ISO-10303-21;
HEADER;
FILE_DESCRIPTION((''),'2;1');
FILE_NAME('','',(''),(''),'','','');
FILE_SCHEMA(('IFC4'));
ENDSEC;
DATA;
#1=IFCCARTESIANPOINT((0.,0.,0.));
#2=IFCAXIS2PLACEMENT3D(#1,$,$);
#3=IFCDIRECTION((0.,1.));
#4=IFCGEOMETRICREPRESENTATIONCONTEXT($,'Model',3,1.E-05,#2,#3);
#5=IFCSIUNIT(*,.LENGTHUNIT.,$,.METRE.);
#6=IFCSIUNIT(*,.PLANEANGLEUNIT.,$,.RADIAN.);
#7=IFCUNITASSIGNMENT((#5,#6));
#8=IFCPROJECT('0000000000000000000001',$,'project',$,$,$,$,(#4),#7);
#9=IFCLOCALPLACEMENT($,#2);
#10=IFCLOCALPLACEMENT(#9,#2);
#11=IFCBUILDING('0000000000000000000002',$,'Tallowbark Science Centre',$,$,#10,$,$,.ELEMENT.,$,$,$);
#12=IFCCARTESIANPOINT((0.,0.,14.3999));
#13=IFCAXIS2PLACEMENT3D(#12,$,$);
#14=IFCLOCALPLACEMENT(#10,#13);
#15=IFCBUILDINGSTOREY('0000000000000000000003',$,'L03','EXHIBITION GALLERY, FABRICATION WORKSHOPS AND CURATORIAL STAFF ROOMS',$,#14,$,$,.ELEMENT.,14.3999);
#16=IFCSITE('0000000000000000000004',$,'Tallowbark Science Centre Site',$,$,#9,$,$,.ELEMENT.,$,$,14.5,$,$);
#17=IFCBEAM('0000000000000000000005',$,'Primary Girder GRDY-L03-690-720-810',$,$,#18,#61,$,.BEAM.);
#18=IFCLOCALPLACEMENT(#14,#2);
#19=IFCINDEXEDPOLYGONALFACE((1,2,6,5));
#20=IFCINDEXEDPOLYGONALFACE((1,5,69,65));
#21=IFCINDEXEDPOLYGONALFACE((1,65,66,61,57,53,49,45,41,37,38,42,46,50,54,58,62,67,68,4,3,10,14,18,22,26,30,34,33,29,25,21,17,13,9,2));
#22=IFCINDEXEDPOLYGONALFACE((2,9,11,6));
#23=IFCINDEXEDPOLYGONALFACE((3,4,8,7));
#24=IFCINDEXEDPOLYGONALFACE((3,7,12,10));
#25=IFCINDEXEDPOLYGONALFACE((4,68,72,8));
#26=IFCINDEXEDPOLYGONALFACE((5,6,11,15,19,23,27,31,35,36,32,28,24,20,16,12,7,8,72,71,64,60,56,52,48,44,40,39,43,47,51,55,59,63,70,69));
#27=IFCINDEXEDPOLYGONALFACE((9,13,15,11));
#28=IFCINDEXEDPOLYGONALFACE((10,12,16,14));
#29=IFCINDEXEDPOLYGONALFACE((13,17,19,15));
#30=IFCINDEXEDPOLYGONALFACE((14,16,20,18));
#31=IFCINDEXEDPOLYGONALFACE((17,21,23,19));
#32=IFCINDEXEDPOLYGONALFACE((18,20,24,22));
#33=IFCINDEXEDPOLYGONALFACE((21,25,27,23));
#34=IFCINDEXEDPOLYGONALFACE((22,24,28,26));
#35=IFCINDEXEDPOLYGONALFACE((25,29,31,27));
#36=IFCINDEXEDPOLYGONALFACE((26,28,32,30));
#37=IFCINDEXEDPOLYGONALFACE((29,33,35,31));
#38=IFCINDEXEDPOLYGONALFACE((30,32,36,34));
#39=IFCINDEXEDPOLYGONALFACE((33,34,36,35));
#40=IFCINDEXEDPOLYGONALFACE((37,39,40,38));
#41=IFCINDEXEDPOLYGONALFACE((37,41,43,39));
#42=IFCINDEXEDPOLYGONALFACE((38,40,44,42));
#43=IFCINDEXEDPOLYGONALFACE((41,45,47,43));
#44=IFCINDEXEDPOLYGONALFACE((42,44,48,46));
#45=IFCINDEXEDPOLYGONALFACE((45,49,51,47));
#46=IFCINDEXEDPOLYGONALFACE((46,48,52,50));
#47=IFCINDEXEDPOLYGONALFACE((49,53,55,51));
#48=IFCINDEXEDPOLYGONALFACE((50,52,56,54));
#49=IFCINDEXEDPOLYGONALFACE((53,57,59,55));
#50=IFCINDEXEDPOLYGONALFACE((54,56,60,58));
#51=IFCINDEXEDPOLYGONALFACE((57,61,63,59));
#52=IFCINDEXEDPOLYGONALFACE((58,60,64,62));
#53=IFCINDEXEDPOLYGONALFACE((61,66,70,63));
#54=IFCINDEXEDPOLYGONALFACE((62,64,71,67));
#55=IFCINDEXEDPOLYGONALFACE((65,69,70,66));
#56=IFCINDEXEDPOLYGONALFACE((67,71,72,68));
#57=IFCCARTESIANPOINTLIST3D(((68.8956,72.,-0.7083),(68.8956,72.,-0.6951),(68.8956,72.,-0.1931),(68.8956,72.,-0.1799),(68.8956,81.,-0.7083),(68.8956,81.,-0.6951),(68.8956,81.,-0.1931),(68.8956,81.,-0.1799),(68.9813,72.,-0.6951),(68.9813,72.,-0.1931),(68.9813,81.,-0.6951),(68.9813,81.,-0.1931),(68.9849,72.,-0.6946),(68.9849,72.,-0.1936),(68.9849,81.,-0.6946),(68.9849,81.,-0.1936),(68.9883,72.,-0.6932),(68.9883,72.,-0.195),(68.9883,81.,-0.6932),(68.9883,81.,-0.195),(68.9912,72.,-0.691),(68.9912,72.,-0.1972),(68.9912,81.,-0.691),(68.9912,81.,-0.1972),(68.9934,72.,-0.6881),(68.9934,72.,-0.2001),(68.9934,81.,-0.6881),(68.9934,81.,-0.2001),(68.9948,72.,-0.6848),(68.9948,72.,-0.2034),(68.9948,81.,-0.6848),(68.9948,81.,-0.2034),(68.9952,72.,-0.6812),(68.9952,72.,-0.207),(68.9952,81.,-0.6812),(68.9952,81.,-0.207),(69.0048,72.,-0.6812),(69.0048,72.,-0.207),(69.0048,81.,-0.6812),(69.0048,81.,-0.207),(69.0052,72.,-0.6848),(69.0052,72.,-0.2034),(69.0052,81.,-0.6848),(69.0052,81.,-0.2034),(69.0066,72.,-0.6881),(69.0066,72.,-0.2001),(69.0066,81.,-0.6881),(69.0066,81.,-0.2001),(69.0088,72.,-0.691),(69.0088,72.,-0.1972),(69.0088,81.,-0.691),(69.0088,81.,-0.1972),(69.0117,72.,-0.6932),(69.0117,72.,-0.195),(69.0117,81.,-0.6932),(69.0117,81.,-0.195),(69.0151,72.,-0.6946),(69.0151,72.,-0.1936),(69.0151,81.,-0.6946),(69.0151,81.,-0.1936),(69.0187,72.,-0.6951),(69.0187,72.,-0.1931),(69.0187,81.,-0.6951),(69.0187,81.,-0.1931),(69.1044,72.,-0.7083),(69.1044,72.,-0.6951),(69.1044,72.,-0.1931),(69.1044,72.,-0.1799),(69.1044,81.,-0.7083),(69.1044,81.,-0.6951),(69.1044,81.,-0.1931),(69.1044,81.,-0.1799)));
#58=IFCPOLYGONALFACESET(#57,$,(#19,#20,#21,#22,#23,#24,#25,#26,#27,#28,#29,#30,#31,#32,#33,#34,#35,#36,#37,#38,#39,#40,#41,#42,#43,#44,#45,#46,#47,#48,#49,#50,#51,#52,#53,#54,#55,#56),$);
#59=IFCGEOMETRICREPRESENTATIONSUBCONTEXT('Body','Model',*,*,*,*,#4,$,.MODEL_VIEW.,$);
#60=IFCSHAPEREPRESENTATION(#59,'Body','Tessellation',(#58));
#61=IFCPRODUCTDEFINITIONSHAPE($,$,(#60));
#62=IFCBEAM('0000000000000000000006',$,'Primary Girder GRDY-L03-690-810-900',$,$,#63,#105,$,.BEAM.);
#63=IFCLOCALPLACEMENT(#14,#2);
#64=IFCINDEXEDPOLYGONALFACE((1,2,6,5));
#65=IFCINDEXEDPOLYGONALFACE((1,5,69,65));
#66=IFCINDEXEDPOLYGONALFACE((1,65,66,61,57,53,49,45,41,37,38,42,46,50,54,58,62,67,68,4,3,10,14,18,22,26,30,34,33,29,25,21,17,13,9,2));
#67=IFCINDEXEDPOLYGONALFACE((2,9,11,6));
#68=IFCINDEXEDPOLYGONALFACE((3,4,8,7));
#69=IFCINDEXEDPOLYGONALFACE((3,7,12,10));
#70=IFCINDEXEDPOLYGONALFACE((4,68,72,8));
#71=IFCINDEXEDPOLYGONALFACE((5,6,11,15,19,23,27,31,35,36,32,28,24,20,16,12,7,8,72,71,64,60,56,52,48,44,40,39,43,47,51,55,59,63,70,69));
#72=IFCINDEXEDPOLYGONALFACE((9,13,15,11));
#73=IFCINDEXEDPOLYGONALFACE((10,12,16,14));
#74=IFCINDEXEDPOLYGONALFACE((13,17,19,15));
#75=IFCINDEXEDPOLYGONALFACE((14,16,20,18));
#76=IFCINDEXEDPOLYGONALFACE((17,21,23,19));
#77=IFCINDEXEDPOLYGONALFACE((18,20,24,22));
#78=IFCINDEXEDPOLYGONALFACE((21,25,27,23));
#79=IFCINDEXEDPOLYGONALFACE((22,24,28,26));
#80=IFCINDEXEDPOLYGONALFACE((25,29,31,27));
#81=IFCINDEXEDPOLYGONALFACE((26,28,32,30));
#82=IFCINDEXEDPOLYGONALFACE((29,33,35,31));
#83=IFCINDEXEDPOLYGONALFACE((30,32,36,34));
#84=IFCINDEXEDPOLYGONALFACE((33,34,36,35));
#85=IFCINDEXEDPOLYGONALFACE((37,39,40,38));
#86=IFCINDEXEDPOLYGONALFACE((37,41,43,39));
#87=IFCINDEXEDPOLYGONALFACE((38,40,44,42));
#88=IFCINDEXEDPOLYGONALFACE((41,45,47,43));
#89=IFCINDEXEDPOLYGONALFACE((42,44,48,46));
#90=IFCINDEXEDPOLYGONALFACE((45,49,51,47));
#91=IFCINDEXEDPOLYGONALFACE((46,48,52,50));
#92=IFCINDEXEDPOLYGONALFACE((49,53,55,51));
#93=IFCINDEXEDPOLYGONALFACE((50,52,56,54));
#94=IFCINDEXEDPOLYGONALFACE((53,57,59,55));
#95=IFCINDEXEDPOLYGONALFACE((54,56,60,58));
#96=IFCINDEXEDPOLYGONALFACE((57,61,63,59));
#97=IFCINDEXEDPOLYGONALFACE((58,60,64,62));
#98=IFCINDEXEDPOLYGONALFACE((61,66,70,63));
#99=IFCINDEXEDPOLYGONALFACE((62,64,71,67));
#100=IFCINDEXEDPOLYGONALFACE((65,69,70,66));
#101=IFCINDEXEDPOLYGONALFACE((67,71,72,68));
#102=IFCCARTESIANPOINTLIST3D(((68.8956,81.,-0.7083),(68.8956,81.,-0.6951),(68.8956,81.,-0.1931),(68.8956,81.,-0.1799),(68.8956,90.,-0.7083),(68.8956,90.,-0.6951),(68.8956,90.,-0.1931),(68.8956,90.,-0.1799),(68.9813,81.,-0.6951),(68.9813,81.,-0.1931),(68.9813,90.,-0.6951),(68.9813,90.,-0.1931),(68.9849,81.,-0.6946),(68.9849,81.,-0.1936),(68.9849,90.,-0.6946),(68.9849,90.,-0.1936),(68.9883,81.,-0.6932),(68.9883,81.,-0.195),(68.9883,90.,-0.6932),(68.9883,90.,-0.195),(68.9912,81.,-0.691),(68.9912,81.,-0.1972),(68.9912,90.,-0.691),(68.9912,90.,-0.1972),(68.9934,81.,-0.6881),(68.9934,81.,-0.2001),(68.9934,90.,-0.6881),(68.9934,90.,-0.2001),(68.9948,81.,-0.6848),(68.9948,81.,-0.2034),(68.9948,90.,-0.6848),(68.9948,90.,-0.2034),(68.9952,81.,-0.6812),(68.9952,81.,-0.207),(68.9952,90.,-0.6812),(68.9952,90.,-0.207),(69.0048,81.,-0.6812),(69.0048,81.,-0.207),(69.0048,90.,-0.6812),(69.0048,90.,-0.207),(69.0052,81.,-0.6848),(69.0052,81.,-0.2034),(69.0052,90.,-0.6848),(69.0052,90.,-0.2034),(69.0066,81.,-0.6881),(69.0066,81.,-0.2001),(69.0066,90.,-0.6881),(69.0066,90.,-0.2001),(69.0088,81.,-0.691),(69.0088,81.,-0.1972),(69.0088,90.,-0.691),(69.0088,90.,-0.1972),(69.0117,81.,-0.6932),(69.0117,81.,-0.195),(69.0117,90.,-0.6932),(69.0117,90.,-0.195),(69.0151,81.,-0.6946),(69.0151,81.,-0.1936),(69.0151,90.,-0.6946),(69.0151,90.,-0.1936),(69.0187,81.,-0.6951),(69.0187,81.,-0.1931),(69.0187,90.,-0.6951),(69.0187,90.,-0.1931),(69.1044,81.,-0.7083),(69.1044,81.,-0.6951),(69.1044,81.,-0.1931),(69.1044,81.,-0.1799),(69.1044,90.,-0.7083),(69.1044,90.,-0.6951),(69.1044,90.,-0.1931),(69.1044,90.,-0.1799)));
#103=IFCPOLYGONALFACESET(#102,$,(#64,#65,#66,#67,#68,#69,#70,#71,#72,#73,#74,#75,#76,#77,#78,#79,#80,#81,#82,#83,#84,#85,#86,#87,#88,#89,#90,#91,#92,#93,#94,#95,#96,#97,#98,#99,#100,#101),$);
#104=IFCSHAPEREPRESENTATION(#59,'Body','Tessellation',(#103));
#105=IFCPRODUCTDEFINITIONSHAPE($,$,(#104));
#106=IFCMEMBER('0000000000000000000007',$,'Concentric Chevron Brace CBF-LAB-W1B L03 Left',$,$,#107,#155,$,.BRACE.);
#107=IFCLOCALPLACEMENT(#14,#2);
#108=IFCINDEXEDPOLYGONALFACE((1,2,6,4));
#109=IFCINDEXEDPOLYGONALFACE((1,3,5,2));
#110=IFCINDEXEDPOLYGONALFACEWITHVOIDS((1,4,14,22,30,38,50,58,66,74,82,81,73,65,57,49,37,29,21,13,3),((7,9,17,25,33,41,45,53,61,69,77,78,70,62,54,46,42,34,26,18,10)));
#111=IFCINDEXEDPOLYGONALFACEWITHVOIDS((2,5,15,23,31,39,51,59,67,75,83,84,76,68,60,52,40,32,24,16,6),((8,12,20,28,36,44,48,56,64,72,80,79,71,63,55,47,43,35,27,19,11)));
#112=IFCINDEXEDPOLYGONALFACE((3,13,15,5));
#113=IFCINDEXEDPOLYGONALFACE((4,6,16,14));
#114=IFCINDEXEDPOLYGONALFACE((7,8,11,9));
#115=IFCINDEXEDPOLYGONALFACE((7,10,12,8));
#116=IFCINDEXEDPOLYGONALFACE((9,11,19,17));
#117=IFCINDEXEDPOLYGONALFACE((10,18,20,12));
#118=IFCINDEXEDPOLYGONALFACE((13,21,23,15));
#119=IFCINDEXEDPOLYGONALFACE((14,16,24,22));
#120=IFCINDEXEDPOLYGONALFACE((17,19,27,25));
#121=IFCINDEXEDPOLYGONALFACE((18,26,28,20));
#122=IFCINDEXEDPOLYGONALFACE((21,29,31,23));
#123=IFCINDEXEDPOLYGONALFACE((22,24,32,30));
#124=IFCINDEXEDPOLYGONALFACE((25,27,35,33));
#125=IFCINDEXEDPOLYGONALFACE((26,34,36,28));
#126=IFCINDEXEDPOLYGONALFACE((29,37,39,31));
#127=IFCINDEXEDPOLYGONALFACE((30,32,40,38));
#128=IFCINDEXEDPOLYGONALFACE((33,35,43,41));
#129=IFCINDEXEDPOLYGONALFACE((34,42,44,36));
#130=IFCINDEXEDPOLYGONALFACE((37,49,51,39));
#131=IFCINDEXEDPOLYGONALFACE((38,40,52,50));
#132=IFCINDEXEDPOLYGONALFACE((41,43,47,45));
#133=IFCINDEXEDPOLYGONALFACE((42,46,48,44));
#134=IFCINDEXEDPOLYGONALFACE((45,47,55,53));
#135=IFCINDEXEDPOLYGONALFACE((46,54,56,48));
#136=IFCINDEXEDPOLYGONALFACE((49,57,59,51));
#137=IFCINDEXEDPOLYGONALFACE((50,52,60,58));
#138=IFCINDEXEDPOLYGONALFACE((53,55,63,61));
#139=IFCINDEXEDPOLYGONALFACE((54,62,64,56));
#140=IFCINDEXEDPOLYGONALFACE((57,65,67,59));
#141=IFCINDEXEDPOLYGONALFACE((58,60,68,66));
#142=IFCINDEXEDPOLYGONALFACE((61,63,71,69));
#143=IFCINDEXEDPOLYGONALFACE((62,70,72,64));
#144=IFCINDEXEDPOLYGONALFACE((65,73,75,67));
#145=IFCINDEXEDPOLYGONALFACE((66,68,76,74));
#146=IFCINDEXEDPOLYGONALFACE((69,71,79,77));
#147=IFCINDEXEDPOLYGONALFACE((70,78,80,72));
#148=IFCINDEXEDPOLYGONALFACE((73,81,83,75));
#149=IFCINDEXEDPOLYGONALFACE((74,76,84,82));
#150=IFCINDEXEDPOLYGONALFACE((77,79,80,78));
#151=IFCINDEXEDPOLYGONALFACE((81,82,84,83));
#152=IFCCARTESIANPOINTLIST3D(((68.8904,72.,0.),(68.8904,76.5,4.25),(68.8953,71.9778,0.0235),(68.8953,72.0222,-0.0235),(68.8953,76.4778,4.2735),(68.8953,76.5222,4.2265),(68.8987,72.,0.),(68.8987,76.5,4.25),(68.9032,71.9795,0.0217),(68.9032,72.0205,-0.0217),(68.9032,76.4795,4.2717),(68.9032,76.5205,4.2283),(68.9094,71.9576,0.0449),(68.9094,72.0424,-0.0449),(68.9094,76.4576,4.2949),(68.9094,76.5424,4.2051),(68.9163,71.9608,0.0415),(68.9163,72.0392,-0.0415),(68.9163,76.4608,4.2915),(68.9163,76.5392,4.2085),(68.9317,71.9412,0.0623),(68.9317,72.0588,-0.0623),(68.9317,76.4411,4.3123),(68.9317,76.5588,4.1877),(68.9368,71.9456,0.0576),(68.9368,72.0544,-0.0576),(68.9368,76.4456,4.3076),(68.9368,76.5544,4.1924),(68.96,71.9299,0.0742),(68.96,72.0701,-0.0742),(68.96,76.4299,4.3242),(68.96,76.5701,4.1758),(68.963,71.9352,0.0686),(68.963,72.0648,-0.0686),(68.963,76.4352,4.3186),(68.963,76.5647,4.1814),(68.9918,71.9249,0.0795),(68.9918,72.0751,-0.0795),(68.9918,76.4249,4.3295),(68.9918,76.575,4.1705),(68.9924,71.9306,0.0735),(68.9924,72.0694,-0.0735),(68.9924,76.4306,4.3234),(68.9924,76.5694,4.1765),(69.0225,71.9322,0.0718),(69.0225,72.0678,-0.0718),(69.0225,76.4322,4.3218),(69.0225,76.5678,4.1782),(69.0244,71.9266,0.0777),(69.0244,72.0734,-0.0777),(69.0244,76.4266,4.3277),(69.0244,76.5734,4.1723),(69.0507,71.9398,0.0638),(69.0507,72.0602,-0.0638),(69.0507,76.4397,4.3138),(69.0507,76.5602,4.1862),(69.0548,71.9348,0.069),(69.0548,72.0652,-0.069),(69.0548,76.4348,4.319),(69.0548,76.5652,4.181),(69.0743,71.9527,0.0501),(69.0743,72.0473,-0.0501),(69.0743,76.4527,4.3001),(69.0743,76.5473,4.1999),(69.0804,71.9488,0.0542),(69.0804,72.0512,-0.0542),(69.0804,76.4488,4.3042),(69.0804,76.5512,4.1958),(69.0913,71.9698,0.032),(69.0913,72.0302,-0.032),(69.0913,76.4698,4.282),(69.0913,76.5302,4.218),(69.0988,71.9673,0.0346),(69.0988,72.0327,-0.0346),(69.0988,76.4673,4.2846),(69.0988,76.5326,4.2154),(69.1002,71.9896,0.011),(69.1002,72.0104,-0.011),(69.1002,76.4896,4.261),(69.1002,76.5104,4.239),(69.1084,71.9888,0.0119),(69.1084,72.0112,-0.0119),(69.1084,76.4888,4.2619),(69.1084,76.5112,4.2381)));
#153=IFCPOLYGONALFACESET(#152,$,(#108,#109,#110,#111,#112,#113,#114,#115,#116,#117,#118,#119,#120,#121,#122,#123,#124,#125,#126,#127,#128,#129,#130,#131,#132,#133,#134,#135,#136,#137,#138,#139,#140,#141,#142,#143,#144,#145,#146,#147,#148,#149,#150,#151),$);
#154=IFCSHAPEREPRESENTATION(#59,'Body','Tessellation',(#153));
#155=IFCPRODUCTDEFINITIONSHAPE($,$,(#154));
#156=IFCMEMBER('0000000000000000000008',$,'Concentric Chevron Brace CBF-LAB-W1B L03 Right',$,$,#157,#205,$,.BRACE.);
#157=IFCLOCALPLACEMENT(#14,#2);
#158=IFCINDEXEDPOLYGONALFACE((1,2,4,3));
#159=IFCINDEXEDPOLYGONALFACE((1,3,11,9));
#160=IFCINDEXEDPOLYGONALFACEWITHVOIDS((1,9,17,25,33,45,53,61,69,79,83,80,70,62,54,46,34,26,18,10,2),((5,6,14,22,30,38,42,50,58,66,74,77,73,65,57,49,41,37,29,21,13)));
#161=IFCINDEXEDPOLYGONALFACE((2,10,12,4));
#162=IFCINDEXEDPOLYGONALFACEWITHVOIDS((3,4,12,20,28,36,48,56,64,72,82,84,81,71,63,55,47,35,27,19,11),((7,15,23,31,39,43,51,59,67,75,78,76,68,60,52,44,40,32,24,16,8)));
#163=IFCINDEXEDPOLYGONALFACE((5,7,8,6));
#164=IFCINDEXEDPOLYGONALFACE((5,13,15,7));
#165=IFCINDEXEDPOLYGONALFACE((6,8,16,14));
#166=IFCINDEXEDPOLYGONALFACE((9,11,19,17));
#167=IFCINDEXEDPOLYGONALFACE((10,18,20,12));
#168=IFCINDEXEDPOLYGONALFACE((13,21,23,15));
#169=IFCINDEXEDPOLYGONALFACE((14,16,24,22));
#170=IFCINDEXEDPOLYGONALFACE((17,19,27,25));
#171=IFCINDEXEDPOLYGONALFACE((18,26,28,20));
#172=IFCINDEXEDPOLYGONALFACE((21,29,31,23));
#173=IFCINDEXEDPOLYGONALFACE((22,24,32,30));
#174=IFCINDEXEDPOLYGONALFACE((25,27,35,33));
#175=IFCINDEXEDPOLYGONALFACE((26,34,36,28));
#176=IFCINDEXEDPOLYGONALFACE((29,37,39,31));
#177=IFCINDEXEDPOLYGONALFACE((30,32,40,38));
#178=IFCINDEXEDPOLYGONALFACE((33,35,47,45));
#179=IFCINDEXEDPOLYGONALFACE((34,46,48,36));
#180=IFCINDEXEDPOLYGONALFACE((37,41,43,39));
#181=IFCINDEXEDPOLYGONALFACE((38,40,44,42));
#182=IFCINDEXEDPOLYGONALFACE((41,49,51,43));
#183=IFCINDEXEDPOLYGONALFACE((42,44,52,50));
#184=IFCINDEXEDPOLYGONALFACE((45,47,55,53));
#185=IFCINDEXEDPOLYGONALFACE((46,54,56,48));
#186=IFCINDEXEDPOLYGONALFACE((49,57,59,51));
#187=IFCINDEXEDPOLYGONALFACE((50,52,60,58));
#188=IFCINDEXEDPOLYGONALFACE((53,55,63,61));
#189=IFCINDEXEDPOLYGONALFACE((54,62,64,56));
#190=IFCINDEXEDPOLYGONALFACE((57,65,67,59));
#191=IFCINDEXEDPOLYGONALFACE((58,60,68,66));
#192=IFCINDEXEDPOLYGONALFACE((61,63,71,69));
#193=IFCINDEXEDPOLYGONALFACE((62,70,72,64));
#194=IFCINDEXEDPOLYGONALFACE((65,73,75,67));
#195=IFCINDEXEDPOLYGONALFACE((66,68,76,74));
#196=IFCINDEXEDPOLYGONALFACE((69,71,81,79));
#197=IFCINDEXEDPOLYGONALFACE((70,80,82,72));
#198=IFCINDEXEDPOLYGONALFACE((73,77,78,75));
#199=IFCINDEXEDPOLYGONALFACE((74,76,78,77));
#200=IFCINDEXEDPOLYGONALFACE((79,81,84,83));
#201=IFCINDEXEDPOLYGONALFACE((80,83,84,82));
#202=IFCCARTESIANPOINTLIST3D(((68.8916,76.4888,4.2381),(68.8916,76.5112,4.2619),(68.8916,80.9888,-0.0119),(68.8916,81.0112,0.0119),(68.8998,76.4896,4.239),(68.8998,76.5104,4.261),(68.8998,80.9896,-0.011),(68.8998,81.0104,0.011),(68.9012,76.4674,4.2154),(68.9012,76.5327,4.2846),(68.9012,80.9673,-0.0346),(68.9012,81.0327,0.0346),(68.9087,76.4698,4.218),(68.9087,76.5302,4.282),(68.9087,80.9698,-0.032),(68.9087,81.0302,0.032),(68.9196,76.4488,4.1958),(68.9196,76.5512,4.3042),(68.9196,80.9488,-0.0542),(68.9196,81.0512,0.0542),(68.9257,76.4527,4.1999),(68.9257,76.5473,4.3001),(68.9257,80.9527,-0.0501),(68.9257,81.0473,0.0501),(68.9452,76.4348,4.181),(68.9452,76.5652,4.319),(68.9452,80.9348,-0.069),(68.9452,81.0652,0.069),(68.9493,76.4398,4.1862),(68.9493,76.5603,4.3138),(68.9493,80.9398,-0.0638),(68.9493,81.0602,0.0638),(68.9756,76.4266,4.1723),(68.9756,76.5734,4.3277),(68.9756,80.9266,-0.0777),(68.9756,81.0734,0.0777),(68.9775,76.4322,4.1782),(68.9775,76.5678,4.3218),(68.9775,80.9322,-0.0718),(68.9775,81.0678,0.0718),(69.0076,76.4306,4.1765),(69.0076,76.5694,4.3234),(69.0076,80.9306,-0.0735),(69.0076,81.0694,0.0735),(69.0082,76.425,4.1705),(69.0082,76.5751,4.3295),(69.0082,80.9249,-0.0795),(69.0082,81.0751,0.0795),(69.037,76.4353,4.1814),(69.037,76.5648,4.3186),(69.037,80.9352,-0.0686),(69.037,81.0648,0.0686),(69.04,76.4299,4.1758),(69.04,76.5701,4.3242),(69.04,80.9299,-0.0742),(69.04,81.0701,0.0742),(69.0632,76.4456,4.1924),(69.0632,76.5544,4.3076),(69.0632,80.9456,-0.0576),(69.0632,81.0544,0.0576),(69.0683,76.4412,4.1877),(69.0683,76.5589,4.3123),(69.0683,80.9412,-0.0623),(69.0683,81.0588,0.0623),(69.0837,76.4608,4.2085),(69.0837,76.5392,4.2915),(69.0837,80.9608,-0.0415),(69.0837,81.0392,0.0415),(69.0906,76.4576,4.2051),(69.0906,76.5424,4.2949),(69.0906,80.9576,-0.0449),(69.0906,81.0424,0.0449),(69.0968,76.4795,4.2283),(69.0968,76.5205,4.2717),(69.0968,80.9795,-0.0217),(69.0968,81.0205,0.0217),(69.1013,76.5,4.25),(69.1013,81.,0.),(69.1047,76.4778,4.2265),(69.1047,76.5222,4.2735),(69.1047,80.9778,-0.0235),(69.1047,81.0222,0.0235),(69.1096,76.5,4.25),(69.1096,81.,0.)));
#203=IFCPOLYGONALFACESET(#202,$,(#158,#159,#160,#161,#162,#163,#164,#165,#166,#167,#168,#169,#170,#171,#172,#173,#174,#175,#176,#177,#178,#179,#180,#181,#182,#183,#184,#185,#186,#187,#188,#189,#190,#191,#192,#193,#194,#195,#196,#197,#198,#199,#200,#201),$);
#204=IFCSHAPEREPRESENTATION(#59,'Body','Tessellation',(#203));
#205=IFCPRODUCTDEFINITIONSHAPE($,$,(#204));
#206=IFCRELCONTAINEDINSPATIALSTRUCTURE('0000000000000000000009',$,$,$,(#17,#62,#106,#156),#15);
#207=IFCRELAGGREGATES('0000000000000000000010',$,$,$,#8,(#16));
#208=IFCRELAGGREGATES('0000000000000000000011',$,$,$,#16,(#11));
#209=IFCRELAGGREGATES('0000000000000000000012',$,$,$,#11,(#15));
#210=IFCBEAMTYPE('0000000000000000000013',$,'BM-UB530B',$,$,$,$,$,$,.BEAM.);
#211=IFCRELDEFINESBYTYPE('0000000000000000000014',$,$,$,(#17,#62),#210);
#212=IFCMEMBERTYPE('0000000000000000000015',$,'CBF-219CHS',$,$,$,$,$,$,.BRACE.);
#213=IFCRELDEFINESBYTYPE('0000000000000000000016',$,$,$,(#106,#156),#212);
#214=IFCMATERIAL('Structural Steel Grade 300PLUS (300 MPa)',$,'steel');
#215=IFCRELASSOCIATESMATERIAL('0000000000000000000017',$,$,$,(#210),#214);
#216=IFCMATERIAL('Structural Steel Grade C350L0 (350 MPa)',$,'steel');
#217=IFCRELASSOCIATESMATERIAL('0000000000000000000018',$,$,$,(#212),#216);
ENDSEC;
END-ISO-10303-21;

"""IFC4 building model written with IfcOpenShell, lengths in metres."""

from ifc_helpers import new_model, si_unit, direction, frame, origin, origin_2d, place, context, subcontext, project, spatial, hollow_circle, i_section, extrude, material, material_profile, profile_set, type_object, element, save


model = new_model("IFC4")

# Units and contexts
model_context = context("Model", 3, precision=1e-05, world=origin(), true_north=direction((0.0, 1.0)))
body_context = subcontext(model_context, "Body", "Model", "MODEL_VIEW")
ifc_project = project(units=[si_unit("LENGTHUNIT", "METRE"), si_unit("PLANEANGLEUNIT", "RADIAN")], contexts=[model_context])

# Site, building, storey
site_placement = place(None, origin())
site = spatial("IfcSite", under=ifc_project, at=site_placement, Name="Tallowbark Science Centre Site", CompositionType="ELEMENT", RefElevation=14.5)
building_placement = place(site_placement, origin())
building = spatial("IfcBuilding", under=site, at=building_placement, Name="Tallowbark Science Centre", CompositionType="ELEMENT")
storey_placement = place(building_placement, frame((0.0, 0.0, 14.3999)))
storey = spatial("IfcBuildingStorey", under=building, at=storey_placement, Name="L03", Description="EXHIBITION GALLERY, FABRICATION WORKSHOPS AND CURATORIAL STAFF ROOMS", CompositionType="ELEMENT", Elevation=14.3999)

# Shared definitions
ifc_material_1 = material(Name="Structural Steel Grade 300PLUS (300 MPa)", Category="steel")

# Beams
ifc_material_profile_1 = material_profile(ifc_material_1, i_section(OverallWidth=0.2087, OverallDepth=0.5283, WebThickness=0.0095, FlangeThickness=0.0132, FilletRadius=0.0139, at=origin_2d()), Name="530UB82.0")
ifc_profile_set_1 = profile_set([ifc_material_profile_1], Name="Structural Steel Grade 300PLUS (300 MPa)")
beam_type_1 = type_object("IfcBeamType", Name="BM-UB530B", PredefinedType="BEAM", material=ifc_profile_set_1)
for number, where, z_axis, x_axis, name in (
    (1, (69.0, 72.0, -0.4441), (0.0, 1.0, 0.0), (-1.0, 0.0, 0.0), "Primary Girder GRDY-L03-690-720-810"),
    (2, (69.0, 81.0, -0.4441), (0.0, 1.0, 0.0), (-1.0, 0.0, 0.0), "Primary Girder GRDY-L03-690-810-900"),
):
    element("IfcBeam", number, at=place(storey_placement, frame(where, z_axis=z_axis, x_axis=x_axis)), inside=storey, type_object=beam_type_1, Name=name, PredefinedType="BEAM", context=body_context, shape_type="SweptSolid", body=[
        extrude(i_section(OverallWidth=0.2087, OverallDepth=0.5283, WebThickness=0.0095, FlangeThickness=0.0132, FilletRadius=0.0139, at=origin_2d()), origin(), (0.0, 0.0, 1.0), 9.0),
    ])

# Members
ifc_material_2 = material(Name="Structural Steel Grade C350L0 (350 MPa)", Category="steel")
ifc_material_profile_2 = material_profile(ifc_material_2, hollow_circle(Radius=0.1096, WallThickness=0.0083, at=origin_2d()), Name="219.1x8.2CHS")
ifc_profile_set_2 = profile_set([ifc_material_profile_2], Name="Structural Steel Grade C350L0 (350 MPa)")
member_type = type_object("IfcMemberType", Name="CBF-219CHS", PredefinedType="BRACE", material=ifc_profile_set_2)
for number, where, z_axis, x_axis, name in (
    (3, (69.0, 72.0, 0.0), (0.0, 0.727013, 0.686624), (-1.0, 0.0, 0.0), "Concentric Chevron Brace CBF-LAB-W1B L03 Left"),
    (4, (69.0, 81.0, 0.0), (0.0, -0.727013, 0.686624), (1.0, 0.0, 0.0), "Concentric Chevron Brace CBF-LAB-W1B L03 Right"),
):
    element("IfcMember", number, at=place(storey_placement, frame(where, z_axis=z_axis, x_axis=x_axis)), inside=storey, type_object=member_type, Name=name, PredefinedType="BRACE", context=body_context, shape_type="SweptSolid", body=[
        extrude(hollow_circle(Radius=0.1096, WallThickness=0.0083, at=origin_2d()), origin(), (0.0, 0.0, 1.0), 6.1897),
    ])

save(model, "model.ifc")
